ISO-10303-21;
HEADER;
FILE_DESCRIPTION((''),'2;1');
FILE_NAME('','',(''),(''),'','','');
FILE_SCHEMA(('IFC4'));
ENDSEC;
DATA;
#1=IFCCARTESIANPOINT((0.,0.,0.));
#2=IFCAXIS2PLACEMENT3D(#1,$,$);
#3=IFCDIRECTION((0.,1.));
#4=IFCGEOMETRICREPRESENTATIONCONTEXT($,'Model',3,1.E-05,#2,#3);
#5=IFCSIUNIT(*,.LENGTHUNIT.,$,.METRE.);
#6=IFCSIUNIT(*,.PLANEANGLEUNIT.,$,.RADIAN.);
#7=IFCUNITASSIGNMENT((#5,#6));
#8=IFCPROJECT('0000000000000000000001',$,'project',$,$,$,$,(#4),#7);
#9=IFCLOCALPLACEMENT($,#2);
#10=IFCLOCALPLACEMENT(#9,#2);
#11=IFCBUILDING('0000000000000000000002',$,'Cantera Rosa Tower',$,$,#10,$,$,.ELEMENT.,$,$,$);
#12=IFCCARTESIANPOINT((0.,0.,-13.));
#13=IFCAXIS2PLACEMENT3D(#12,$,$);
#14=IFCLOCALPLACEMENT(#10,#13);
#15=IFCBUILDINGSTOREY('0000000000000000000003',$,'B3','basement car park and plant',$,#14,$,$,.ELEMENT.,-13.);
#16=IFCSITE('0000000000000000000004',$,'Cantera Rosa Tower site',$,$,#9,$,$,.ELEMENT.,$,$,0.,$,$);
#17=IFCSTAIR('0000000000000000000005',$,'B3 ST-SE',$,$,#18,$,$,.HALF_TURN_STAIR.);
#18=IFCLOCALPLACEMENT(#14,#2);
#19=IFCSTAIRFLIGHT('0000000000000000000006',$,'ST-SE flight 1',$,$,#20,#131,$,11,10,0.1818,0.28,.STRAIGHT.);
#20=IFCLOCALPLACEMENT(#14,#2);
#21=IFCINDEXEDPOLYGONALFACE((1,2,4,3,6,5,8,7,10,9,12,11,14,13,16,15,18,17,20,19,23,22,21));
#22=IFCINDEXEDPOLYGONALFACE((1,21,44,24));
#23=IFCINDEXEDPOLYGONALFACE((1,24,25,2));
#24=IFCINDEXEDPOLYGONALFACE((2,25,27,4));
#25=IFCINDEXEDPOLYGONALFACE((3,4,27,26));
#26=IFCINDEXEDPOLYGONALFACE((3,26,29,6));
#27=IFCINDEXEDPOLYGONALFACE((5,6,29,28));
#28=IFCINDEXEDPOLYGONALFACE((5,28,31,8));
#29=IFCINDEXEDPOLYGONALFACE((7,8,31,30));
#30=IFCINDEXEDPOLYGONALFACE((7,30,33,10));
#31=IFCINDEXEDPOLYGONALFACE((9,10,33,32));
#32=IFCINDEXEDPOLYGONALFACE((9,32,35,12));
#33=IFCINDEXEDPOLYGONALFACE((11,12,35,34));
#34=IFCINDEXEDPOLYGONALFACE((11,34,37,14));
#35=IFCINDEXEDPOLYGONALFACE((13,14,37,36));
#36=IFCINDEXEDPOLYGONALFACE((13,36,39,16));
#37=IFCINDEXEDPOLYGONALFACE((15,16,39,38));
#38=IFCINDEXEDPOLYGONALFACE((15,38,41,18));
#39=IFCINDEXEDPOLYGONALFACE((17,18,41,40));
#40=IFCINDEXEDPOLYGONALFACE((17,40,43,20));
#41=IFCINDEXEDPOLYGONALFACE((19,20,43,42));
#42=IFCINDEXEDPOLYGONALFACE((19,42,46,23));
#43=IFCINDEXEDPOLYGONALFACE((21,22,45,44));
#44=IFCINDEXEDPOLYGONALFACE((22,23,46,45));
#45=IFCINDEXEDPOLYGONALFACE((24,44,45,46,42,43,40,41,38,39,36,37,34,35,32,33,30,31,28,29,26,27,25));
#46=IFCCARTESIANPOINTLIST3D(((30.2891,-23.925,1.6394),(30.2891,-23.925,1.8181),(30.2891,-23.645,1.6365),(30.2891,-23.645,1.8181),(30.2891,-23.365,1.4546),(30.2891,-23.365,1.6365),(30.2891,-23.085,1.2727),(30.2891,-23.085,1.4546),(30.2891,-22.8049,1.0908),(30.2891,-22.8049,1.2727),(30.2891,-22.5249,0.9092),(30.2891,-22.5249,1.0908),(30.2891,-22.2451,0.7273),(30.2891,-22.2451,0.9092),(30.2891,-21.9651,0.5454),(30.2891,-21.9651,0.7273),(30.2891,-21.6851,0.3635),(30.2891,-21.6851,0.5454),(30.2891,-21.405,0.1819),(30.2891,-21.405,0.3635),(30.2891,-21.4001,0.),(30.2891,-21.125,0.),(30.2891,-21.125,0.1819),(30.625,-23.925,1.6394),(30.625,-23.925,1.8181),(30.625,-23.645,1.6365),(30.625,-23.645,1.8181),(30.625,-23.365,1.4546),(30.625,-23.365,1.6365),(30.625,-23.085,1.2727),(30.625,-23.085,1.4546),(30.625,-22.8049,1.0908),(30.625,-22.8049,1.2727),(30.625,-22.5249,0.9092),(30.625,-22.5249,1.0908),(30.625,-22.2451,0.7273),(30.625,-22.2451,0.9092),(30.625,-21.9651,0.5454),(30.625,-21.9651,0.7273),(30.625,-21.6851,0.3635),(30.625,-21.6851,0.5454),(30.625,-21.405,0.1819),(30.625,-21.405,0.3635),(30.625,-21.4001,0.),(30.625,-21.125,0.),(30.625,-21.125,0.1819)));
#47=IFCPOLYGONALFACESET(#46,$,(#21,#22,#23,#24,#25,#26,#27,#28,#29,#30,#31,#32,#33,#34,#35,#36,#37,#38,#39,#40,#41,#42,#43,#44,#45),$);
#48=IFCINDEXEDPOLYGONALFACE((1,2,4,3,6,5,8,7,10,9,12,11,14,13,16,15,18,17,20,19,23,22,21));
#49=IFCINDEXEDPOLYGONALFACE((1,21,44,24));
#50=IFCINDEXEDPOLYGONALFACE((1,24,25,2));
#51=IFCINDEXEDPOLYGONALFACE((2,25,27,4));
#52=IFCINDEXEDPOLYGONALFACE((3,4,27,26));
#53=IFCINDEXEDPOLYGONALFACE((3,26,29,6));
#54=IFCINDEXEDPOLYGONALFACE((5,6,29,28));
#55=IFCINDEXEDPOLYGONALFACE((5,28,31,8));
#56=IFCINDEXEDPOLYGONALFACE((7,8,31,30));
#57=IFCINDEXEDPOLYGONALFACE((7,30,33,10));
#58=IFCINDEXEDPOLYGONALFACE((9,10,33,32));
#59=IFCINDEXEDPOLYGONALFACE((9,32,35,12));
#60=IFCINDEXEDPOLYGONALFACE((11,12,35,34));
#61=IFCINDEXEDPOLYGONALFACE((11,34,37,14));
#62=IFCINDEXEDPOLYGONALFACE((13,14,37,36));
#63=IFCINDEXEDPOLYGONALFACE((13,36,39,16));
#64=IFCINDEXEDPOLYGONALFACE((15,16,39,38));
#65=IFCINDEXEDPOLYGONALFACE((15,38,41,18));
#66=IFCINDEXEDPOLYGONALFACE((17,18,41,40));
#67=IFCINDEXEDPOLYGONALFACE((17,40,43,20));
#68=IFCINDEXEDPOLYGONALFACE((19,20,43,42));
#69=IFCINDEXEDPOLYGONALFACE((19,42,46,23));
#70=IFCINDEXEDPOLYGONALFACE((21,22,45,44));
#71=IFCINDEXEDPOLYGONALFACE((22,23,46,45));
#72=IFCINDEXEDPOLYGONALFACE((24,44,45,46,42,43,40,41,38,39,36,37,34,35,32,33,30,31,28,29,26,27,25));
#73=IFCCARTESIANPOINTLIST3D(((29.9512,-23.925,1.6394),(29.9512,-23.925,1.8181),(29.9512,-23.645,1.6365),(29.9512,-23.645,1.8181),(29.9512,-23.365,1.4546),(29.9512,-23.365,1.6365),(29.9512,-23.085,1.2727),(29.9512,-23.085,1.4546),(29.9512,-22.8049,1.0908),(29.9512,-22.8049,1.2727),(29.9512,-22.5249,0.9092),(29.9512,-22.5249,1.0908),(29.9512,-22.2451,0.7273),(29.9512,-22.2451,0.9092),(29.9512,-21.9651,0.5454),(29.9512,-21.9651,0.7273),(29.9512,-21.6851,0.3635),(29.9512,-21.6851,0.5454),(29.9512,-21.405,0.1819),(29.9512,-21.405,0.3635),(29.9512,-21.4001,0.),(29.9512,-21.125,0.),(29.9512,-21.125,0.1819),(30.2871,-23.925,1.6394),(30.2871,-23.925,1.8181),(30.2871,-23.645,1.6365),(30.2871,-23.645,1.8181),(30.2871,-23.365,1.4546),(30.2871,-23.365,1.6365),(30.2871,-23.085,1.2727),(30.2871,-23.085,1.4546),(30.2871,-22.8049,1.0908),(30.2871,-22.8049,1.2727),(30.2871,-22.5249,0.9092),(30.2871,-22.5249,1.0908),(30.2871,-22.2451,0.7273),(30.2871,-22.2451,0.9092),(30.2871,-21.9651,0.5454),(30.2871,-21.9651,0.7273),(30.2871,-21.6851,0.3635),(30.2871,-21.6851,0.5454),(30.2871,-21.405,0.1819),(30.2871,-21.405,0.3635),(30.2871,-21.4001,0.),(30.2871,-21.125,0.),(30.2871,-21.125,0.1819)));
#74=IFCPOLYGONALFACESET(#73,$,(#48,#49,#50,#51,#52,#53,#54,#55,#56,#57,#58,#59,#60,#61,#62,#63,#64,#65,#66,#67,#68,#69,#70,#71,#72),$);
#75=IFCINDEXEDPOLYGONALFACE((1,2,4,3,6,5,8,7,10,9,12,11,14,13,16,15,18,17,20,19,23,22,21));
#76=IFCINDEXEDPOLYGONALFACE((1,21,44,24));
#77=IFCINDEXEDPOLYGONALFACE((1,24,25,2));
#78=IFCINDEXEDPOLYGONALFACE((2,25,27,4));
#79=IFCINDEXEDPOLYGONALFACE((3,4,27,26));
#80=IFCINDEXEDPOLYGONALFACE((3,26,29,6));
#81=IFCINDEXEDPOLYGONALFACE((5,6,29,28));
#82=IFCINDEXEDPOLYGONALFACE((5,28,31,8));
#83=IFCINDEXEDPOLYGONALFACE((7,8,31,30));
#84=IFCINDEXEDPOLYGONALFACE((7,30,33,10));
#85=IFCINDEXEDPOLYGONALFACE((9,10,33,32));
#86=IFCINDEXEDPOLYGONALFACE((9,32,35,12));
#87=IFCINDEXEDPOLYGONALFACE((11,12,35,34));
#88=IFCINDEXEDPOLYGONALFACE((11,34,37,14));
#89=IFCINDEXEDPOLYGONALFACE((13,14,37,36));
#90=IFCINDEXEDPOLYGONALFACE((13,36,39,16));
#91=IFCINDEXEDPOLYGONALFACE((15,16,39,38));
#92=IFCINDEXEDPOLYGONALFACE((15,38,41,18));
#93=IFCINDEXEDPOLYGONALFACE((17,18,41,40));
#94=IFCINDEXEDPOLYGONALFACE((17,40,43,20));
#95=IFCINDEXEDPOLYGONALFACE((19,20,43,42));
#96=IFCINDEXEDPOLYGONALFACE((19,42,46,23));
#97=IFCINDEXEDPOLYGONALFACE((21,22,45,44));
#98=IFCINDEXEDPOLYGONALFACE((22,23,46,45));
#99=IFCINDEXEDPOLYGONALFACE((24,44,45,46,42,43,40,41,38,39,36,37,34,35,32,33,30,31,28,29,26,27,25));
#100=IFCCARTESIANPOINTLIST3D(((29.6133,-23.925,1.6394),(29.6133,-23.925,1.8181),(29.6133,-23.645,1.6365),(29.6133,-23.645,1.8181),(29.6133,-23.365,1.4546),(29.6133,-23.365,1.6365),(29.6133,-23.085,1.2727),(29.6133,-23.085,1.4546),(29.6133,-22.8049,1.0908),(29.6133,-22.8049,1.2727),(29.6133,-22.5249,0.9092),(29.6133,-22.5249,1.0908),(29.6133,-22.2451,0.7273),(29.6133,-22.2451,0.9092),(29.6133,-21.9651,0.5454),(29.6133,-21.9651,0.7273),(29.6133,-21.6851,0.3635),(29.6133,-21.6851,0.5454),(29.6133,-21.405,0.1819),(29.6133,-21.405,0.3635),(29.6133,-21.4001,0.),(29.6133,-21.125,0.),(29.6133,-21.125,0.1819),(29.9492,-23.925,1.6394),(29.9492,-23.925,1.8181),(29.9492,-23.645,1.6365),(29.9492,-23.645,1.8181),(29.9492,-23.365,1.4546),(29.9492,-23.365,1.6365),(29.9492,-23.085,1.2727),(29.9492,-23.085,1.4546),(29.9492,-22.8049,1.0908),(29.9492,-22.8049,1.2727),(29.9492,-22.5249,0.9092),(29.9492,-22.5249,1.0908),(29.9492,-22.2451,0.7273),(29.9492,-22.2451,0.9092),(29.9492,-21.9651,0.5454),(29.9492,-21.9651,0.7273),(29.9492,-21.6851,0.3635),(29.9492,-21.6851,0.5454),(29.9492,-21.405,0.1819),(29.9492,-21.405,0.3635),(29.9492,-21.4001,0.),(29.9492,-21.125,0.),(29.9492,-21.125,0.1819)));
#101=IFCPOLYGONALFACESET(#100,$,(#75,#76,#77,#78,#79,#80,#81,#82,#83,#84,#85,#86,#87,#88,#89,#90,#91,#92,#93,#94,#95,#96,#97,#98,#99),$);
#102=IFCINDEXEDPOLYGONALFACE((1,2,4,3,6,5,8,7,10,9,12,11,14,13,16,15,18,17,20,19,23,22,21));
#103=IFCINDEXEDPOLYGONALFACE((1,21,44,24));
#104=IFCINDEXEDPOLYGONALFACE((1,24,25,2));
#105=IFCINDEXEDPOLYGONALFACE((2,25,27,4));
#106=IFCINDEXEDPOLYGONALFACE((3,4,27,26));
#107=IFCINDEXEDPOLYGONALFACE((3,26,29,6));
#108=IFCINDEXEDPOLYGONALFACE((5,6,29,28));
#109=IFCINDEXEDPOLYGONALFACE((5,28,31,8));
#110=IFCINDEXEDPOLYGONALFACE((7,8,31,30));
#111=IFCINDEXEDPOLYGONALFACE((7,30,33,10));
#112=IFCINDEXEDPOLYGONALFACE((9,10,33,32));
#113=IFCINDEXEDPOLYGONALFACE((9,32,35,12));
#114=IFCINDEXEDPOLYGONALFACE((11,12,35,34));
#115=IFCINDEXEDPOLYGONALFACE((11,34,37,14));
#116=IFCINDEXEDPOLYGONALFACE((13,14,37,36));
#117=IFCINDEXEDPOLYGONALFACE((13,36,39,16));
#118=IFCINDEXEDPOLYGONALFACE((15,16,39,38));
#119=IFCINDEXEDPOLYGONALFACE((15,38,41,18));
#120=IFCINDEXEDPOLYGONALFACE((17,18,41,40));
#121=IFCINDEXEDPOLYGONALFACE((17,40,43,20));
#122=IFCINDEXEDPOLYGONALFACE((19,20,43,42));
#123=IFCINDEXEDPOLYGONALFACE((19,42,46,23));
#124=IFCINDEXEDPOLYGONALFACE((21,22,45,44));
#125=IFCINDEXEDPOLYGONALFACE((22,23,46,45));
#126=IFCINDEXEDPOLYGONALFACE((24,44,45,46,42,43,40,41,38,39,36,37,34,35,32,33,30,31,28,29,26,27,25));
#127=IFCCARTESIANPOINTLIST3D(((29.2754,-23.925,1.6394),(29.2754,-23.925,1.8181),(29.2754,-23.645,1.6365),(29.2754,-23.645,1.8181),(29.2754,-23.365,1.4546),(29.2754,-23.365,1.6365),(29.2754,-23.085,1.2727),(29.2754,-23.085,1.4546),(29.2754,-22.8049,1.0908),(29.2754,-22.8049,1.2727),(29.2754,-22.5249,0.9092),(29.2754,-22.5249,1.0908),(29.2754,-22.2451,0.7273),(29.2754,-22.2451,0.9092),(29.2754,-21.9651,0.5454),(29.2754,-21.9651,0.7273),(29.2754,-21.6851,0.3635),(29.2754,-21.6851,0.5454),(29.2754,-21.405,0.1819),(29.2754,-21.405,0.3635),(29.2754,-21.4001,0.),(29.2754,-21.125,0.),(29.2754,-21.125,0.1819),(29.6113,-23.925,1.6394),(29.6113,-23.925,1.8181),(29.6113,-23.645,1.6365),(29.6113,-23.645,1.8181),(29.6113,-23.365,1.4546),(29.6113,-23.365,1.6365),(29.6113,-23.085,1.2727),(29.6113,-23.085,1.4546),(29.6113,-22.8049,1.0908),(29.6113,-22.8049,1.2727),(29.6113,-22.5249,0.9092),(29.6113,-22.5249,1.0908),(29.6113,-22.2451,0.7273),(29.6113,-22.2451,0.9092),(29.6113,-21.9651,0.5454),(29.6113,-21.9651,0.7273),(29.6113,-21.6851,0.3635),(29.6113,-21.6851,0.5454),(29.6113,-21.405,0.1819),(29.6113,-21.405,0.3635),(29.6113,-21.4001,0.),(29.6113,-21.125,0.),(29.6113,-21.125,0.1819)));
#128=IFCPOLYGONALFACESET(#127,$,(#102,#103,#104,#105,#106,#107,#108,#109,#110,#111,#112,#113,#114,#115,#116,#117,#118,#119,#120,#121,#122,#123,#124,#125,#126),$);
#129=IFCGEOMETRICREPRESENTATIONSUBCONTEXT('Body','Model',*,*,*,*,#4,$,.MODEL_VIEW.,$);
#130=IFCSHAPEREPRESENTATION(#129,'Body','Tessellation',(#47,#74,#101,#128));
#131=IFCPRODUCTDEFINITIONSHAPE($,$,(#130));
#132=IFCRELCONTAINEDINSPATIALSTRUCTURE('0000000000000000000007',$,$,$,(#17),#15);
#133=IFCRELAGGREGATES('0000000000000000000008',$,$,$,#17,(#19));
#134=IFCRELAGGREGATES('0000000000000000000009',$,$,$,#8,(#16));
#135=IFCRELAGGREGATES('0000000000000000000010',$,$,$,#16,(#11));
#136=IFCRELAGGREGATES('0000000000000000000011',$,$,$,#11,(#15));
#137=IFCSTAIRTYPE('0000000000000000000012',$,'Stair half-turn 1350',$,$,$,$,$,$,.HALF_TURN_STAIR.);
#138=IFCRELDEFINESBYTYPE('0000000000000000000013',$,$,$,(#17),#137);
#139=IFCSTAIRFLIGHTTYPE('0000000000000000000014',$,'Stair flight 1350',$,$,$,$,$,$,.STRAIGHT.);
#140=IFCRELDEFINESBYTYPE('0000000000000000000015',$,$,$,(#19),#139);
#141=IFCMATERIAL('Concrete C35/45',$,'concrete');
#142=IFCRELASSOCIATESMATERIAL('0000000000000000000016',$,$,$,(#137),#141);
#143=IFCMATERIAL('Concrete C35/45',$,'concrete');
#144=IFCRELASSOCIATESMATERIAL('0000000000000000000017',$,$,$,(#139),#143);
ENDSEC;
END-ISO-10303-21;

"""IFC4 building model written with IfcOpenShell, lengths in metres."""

from ifc_helpers import new_model, si_unit, direction, frame, origin, place, context, subcontext, project, spatial, polyline, outline, extrude, material, type_object, element, aggregate, save


model = new_model("IFC4")

# Units and contexts
model_context = context("Model", 3, precision=1e-05, world=origin(), true_north=direction((0.0, 1.0)))
body_context = subcontext(model_context, "Body", "Model", "MODEL_VIEW")
ifc_project = project(units=[si_unit("LENGTHUNIT", "METRE"), si_unit("PLANEANGLEUNIT", "RADIAN")], contexts=[model_context])

# Site, building, storey
site_placement = place(None, origin())
site = spatial("IfcSite", under=ifc_project, at=site_placement, Name="Cantera Rosa Tower site", CompositionType="ELEMENT", RefElevation=0.0)
building_placement = place(site_placement, origin())
building = spatial("IfcBuilding", under=site, at=building_placement, Name="Cantera Rosa Tower", CompositionType="ELEMENT")
storey_placement = place(building_placement, frame((0.0, 0.0, -13.0)))
storey = spatial("IfcBuildingStorey", under=building, at=storey_placement, Name="B3", Description="basement car park and plant", CompositionType="ELEMENT", Elevation=-13.0)

# Stair, stair flight
ifc_material_1 = material(Name="Concrete C35/45", Category="concrete")
stair_type = type_object("IfcStairType", Name="Stair half-turn 1350", PredefinedType="HALF_TURN_STAIR", material=ifc_material_1)
stair_placement = place(storey_placement, origin())
stair = element("IfcStair", 1, at=stair_placement, inside=storey, type_object=stair_type, Name="B3 ST-SE", PredefinedType="HALF_TURN_STAIR")
ifc_material_2 = material(Name="Concrete C35/45", Category="concrete")
stair_flight_type = type_object("IfcStairFlightType", Name="Stair flight 1350", PredefinedType="STRAIGHT", material=ifc_material_2)
stair_flight_1_placement = place(storey_placement, frame((29.95, -21.125, 0.0), z_axis=(0.0, 0.0, 1.0), x_axis=(0.0, -1.0, 0.0)))
stair_flight_1 = element("IfcStairFlight", 2, at=stair_flight_1_placement, type_object=stair_flight_type, Name="ST-SE flight 1", NumberOfRisers=11, NumberOfTreads=10, PredefinedType="STRAIGHT", RiserHeight=0.1818, TreadLength=0.28, context=body_context, shape_type="SweptSolid", body=[
    extrude(outline(polyline([(0.0, 0.0), (0.0, 0.1819), (0.28, 0.1819), (0.28, 0.3635), (0.5601, 0.3635), (0.5601, 0.5454), (0.8401, 0.5454), (0.8401, 0.7273), (1.1201, 0.7273), (1.1201, 0.9092), (1.3999, 0.9092), (1.3999, 1.0908), (1.6799, 1.0908), (1.6799, 1.2727), (1.96, 1.2727), (1.96, 1.4546), (2.24, 1.4546), (2.24, 1.6365), (2.52, 1.6365), (2.52, 1.8181), (2.8, 1.8181), (2.8, 2.0), (2.8, 1.6394), (0.2751, 0.0), (0.0, 0.0)])), frame((0.0, 0.675, 0.0), z_axis=(0.0, -1.0, 0.0), x_axis=(1.0, 0.0, 0.0)), (0.0, 0.0, 1.0), 0.3359),
    extrude(outline(polyline([(0.0, 0.0), (0.0, 0.1819), (0.28, 0.1819), (0.28, 0.3635), (0.5601, 0.3635), (0.5601, 0.5454), (0.8401, 0.5454), (0.8401, 0.7273), (1.1201, 0.7273), (1.1201, 0.9092), (1.3999, 0.9092), (1.3999, 1.0908), (1.6799, 1.0908), (1.6799, 1.2727), (1.96, 1.2727), (1.96, 1.4546), (2.24, 1.4546), (2.24, 1.6365), (2.52, 1.6365), (2.52, 1.8181), (2.8, 1.8181), (2.8, 2.0), (2.8, 1.6394), (0.2751, 0.0), (0.0, 0.0)])), frame((0.0, 0.3372, 0.0), z_axis=(0.0, -1.0, 0.0), x_axis=(1.0, 0.0, 0.0)), (0.0, 0.0, 1.0), 0.3359),
    extrude(outline(polyline([(0.0, 0.0), (0.0, 0.1819), (0.28, 0.1819), (0.28, 0.3635), (0.5601, 0.3635), (0.5601, 0.5454), (0.8401, 0.5454), (0.8401, 0.7273), (1.1201, 0.7273), (1.1201, 0.9092), (1.3999, 0.9092), (1.3999, 1.0908), (1.6799, 1.0908), (1.6799, 1.2727), (1.96, 1.2727), (1.96, 1.4546), (2.24, 1.4546), (2.24, 1.6365), (2.52, 1.6365), (2.52, 1.8181), (2.8, 1.8181), (2.8, 2.0), (2.8, 1.6394), (0.2751, 0.0), (0.0, 0.0)])), frame((0.0, -0.0007, 0.0), z_axis=(0.0, -1.0, 0.0), x_axis=(1.0, 0.0, 0.0)), (0.0, 0.0, 1.0), 0.3359),
    extrude(outline(polyline([(0.0, 0.0), (0.0, 0.1819), (0.28, 0.1819), (0.28, 0.3635), (0.5601, 0.3635), (0.5601, 0.5454), (0.8401, 0.5454), (0.8401, 0.7273), (1.1201, 0.7273), (1.1201, 0.9092), (1.3999, 0.9092), (1.3999, 1.0908), (1.6799, 1.0908), (1.6799, 1.2727), (1.96, 1.2727), (1.96, 1.4546), (2.24, 1.4546), (2.24, 1.6365), (2.52, 1.6365), (2.52, 1.8181), (2.8, 1.8181), (2.8, 2.0), (2.8, 1.6394), (0.2751, 0.0), (0.0, 0.0)])), frame((0.0, -0.3386, 0.0), z_axis=(0.0, -1.0, 0.0), x_axis=(1.0, 0.0, 0.0)), (0.0, 0.0, 1.0), 0.3359),
])
aggregate(stair, [stair_flight_1])

save(model, "model.ifc")
